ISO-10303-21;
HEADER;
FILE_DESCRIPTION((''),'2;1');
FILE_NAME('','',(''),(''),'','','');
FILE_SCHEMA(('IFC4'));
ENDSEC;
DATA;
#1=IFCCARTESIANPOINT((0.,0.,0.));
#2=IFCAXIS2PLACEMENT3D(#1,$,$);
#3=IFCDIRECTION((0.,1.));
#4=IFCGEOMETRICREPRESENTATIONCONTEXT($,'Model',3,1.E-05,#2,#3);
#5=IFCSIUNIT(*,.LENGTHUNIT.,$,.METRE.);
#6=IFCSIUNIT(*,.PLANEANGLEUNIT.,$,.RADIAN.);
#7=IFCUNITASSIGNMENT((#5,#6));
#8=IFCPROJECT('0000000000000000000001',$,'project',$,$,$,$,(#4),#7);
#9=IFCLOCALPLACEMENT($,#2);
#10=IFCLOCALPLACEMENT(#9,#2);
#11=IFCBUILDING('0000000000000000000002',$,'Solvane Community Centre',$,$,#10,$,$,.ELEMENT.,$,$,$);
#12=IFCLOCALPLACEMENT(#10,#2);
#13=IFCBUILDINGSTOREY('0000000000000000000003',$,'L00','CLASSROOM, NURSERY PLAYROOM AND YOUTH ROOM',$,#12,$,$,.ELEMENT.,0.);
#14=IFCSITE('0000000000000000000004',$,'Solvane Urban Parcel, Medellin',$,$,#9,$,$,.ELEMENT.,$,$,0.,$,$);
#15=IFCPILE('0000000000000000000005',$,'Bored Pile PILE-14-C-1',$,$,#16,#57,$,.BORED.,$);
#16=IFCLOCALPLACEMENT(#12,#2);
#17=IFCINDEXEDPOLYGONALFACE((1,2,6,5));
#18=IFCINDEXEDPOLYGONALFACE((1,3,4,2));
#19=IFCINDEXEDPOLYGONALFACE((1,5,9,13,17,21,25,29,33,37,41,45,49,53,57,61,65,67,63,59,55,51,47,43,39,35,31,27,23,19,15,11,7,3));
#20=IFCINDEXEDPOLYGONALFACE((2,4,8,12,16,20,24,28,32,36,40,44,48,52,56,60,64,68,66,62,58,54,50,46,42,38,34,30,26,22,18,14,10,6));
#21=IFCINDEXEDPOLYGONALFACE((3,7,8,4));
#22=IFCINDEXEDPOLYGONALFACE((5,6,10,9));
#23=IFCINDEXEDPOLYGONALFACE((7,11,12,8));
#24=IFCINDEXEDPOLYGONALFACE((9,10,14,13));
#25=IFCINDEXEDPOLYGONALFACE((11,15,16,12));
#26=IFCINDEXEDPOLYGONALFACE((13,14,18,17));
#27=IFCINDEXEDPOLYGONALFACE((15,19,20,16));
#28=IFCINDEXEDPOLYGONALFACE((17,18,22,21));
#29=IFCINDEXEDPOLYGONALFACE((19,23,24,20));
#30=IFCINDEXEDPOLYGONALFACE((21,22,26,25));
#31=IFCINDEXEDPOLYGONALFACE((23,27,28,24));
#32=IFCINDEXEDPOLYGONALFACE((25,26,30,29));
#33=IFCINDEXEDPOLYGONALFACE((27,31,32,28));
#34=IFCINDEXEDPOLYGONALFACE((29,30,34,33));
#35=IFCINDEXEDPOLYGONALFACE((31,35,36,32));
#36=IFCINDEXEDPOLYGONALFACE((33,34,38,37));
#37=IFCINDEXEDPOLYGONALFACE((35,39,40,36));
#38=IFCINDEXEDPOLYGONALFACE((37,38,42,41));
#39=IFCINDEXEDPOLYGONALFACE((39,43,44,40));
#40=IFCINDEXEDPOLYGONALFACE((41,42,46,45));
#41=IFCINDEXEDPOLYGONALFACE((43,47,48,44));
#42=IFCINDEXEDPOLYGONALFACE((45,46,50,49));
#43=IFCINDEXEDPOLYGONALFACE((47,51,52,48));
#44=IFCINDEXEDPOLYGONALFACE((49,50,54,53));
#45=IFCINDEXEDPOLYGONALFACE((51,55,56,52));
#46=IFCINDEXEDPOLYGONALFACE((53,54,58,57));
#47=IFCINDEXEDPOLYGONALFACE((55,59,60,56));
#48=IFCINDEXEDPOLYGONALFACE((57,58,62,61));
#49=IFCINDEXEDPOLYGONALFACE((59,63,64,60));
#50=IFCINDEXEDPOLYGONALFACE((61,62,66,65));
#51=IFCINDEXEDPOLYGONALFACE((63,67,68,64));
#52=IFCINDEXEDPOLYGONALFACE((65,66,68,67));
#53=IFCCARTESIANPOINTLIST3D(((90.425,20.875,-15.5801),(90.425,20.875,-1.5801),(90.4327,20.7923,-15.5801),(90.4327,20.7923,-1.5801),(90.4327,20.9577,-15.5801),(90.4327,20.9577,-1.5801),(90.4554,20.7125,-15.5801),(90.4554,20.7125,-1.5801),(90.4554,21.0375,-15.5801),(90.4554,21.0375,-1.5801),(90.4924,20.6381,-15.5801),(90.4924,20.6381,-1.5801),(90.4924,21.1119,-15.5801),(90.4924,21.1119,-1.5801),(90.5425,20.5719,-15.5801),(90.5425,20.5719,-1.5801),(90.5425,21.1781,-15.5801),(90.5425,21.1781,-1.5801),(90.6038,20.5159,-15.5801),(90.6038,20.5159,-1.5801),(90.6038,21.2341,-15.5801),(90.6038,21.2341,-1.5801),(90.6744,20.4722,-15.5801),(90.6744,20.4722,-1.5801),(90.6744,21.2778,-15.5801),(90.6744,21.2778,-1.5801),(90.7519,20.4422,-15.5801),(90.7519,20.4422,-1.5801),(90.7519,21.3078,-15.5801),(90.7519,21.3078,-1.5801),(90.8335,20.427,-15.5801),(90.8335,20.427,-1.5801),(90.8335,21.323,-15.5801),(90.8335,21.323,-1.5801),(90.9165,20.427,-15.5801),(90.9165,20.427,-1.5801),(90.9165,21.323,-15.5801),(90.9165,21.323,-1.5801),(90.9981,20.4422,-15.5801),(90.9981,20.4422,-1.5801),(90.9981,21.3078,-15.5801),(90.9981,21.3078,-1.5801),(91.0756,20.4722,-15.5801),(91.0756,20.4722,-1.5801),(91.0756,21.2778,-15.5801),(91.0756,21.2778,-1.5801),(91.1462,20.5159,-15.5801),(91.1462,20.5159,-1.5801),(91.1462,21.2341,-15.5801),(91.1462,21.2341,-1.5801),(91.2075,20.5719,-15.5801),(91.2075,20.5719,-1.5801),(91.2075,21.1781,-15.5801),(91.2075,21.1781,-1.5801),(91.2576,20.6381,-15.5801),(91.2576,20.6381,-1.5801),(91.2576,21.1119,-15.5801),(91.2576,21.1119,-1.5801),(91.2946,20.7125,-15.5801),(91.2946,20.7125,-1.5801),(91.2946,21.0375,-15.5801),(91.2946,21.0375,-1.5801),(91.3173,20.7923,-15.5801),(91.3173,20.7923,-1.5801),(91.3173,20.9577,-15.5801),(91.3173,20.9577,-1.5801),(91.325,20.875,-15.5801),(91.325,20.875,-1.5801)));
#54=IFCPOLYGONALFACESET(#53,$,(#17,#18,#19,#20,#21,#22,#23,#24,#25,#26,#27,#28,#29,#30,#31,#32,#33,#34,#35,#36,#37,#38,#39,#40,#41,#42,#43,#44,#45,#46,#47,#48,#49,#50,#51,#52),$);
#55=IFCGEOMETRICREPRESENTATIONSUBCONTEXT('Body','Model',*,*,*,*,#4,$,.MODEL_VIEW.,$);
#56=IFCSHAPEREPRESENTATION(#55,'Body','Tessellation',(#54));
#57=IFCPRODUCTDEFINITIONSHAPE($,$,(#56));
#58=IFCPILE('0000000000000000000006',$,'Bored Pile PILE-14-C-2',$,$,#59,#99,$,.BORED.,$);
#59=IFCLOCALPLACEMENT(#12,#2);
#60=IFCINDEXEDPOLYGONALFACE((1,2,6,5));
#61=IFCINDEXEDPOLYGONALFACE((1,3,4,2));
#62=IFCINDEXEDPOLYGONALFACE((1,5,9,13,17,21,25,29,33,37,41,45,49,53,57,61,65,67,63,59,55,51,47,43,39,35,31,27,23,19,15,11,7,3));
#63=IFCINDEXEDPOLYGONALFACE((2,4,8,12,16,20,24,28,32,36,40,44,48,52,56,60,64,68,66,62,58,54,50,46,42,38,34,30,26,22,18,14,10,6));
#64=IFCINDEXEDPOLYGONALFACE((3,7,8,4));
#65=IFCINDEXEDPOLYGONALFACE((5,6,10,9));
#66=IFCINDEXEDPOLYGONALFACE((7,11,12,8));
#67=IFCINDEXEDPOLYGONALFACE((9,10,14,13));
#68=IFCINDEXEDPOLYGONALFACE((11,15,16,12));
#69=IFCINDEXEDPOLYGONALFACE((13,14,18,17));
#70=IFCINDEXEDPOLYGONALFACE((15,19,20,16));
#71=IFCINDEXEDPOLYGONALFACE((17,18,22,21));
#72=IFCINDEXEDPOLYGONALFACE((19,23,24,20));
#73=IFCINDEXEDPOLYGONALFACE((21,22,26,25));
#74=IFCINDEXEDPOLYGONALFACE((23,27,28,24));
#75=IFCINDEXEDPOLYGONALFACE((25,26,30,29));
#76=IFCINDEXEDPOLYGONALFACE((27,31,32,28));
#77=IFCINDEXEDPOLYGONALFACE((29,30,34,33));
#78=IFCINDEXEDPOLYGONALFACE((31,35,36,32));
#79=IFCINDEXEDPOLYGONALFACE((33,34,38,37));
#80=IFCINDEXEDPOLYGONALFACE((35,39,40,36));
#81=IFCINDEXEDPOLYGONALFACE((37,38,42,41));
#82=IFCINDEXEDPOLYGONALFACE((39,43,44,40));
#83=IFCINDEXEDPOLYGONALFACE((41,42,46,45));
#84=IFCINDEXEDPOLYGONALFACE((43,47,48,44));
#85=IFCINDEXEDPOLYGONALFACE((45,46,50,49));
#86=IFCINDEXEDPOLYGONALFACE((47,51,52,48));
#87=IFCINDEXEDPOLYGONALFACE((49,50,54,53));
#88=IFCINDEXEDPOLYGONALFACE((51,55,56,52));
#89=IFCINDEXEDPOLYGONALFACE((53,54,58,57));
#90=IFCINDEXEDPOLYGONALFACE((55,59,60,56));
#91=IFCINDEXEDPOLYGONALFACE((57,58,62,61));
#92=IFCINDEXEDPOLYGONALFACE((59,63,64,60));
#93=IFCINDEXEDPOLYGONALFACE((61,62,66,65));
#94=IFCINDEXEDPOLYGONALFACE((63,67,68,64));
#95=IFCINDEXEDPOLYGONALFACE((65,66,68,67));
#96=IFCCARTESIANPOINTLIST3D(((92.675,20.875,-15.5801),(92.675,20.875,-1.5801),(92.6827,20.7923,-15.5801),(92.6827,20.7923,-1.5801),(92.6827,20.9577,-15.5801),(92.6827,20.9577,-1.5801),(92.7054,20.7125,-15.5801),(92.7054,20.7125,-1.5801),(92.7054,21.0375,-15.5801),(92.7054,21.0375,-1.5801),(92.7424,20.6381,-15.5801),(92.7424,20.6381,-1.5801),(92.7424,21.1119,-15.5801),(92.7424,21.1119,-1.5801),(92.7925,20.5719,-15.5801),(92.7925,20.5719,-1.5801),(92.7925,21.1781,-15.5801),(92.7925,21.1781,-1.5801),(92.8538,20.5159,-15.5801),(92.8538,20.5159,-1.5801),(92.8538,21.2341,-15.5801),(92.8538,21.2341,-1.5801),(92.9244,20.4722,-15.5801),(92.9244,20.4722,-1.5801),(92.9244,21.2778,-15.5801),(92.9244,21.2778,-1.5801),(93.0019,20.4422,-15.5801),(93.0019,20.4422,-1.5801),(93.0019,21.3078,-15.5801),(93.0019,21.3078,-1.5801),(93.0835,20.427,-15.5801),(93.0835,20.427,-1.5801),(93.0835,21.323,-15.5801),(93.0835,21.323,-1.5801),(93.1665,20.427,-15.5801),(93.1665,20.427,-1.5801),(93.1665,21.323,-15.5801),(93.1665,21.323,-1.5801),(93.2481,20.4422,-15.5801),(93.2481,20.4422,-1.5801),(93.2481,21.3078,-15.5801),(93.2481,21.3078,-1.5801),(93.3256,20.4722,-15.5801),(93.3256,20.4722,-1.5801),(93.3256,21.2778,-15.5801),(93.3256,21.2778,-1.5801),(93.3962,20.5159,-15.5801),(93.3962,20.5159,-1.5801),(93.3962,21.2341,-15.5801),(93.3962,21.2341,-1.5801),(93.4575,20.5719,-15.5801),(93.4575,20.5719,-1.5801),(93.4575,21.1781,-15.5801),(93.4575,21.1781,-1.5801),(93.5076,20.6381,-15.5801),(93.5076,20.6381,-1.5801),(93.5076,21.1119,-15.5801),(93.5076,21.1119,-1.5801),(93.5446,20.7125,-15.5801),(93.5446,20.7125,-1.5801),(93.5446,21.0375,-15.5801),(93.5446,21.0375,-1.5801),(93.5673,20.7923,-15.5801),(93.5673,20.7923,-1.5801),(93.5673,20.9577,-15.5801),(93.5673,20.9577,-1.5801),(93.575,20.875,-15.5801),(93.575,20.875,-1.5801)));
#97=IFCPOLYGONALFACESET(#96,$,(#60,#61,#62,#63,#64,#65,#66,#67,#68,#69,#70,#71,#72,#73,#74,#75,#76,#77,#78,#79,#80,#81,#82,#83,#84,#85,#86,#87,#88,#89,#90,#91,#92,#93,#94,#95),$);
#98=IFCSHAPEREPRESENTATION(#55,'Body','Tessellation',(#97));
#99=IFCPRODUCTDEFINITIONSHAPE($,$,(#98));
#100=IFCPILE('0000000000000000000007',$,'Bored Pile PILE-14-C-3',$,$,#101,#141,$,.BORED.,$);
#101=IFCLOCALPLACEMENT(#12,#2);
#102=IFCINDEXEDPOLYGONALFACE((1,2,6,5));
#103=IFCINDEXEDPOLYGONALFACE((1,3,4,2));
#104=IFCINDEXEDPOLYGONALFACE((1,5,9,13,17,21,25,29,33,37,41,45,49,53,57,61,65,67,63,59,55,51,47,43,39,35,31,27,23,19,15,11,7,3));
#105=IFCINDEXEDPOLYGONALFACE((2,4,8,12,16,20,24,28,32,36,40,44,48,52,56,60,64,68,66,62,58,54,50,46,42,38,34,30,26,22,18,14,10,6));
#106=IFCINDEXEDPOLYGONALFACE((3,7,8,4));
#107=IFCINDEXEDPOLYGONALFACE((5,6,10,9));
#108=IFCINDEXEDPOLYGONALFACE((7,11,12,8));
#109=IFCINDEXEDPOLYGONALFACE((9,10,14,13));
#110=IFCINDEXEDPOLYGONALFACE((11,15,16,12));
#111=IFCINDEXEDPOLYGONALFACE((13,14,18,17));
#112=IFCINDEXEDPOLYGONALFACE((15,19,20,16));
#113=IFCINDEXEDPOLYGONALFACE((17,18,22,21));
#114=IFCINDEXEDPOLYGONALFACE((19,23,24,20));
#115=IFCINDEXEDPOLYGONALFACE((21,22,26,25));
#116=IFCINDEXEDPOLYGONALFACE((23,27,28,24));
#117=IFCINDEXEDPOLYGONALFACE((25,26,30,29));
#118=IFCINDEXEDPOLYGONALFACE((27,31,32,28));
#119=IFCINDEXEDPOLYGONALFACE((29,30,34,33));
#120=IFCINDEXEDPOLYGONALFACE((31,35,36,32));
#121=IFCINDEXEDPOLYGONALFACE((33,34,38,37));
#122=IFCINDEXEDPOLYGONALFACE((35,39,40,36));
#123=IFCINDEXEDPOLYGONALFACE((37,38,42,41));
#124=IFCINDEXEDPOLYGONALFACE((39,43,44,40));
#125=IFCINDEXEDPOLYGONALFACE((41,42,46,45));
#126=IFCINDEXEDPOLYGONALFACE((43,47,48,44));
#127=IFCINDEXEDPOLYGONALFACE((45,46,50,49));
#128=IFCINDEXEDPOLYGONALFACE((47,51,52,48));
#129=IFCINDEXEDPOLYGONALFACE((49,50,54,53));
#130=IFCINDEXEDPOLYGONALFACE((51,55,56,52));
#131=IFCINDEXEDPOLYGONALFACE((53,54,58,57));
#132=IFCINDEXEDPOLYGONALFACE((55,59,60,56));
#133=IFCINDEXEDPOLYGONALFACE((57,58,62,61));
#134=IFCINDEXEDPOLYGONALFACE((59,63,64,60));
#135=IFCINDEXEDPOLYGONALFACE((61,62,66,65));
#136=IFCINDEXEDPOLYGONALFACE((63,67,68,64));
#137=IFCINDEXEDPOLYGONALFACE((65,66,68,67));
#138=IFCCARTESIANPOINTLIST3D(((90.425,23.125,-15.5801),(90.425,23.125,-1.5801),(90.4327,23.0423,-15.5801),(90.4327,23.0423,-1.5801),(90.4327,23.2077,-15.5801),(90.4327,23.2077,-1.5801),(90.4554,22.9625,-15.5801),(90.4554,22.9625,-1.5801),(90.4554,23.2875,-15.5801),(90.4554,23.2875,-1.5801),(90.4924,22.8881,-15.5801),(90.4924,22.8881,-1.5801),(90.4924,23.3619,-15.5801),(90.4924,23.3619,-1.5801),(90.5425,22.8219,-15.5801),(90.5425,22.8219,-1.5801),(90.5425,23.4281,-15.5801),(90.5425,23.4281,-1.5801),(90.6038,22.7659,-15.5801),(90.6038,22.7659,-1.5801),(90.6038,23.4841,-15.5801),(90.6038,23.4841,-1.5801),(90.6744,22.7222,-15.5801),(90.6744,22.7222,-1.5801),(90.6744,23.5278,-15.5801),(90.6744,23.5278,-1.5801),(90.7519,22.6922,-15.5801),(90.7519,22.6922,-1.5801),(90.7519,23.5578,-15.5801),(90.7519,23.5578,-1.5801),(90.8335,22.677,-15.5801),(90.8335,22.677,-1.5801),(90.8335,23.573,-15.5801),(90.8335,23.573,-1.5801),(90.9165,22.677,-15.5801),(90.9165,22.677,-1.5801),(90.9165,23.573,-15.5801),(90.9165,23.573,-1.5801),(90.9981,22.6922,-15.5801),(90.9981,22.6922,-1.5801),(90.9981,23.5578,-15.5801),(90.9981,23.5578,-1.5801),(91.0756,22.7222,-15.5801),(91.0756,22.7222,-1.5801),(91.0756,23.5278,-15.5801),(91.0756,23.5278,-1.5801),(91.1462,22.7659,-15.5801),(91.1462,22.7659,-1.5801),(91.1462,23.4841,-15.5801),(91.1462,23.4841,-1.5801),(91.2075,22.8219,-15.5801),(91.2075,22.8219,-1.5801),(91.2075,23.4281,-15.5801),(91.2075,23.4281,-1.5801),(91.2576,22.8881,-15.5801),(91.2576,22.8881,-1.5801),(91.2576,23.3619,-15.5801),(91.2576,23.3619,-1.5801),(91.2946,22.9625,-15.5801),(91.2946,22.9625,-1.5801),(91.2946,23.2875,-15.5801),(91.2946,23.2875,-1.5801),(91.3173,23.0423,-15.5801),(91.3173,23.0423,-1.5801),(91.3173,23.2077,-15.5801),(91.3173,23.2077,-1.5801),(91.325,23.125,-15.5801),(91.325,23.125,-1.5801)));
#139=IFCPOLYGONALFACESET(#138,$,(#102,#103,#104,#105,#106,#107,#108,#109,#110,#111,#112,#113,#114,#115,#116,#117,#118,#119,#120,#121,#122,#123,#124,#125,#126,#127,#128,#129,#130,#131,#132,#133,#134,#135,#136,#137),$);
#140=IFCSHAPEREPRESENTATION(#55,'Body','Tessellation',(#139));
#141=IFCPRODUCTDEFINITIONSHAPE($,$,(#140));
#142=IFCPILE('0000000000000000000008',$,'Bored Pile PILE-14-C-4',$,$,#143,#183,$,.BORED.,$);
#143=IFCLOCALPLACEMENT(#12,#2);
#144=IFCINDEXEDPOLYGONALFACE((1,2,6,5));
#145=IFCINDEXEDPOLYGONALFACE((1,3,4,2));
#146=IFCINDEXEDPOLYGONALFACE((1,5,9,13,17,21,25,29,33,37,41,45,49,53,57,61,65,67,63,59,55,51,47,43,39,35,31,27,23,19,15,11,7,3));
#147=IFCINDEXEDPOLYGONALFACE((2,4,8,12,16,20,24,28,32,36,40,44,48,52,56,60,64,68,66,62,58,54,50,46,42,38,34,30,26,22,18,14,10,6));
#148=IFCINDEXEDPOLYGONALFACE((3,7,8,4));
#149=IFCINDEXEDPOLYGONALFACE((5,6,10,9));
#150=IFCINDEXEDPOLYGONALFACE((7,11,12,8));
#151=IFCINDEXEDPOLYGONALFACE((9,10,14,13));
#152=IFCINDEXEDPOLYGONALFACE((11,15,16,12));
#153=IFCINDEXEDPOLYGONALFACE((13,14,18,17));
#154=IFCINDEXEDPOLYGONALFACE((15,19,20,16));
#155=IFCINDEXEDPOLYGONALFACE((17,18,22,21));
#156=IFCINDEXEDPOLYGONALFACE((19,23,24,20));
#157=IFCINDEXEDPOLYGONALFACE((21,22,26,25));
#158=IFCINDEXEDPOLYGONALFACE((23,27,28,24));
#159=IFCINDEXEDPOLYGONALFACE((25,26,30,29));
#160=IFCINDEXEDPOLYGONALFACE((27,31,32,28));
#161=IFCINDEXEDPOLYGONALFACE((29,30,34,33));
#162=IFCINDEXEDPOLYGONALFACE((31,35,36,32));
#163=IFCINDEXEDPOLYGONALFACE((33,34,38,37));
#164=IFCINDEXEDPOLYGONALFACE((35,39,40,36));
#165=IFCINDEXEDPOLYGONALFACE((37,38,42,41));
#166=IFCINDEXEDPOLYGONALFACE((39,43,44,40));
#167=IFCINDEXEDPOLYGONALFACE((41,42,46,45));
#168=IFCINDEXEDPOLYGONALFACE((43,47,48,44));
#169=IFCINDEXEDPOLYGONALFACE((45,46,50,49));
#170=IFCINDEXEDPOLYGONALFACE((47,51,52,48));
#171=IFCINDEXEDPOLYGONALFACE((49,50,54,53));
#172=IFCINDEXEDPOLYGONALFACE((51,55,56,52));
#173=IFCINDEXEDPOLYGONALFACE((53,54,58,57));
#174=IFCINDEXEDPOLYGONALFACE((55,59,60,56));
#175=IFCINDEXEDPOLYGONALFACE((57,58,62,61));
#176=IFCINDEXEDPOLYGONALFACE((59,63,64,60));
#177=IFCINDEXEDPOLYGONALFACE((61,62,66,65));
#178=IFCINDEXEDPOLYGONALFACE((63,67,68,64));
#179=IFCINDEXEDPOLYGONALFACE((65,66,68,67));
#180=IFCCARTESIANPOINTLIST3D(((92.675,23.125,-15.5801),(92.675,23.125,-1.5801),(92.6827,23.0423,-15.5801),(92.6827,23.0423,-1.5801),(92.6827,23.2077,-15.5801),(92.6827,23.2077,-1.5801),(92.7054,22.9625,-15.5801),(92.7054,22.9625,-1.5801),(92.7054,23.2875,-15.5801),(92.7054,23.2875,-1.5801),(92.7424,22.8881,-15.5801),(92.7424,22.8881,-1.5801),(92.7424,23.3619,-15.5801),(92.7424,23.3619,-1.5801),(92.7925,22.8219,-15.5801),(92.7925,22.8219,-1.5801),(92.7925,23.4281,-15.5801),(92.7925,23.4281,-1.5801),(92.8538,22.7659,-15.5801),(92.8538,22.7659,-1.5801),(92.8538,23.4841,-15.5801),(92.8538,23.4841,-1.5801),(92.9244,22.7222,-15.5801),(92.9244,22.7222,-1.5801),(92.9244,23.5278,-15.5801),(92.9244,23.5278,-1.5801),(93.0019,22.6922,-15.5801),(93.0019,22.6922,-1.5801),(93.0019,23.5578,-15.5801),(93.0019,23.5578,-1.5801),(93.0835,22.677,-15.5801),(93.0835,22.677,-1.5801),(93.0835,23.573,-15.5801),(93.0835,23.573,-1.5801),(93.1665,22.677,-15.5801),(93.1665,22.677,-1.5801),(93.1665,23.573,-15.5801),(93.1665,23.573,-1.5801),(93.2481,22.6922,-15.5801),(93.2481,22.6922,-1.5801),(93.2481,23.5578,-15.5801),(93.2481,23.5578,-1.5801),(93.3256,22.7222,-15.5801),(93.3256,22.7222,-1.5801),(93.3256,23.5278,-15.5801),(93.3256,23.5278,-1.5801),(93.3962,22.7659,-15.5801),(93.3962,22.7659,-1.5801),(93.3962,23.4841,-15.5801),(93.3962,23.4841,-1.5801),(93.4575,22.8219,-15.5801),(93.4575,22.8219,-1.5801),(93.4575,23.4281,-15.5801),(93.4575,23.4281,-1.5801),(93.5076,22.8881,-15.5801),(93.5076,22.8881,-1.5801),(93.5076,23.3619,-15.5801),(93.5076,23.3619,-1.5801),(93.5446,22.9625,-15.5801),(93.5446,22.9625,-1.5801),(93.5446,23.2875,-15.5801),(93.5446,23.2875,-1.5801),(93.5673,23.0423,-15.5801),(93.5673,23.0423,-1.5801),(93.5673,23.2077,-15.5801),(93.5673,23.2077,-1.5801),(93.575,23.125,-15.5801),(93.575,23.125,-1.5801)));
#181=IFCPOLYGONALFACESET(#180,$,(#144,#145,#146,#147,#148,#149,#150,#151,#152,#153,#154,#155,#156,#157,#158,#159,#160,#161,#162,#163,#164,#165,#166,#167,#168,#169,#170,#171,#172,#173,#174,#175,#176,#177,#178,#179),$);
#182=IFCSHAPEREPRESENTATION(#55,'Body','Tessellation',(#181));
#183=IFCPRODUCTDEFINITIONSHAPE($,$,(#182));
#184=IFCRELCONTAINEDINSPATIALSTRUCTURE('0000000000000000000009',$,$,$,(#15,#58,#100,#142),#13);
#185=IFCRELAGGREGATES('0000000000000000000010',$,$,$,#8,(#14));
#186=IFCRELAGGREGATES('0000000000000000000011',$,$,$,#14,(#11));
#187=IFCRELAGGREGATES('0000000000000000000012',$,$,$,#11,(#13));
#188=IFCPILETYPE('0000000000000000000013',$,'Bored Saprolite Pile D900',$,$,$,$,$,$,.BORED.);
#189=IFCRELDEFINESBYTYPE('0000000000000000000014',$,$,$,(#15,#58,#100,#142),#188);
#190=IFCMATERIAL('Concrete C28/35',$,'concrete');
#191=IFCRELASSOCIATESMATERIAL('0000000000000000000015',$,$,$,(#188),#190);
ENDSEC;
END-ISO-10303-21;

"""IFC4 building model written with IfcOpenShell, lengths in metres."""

from ifc_helpers import new_model, si_unit, direction, frame, origin, origin_2d, place, context, subcontext, project, spatial, circle, extrude, material, material_profile, profile_set, type_object, element, save


model = new_model("IFC4")

# Units and contexts
model_context = context("Model", 3, precision=1e-05, world=origin(), true_north=direction((0.0, 1.0)))
body_context = subcontext(model_context, "Body", "Model", "MODEL_VIEW")
ifc_project = project(units=[si_unit("LENGTHUNIT", "METRE"), si_unit("PLANEANGLEUNIT", "RADIAN")], contexts=[model_context])

# Site, building, storey
site_placement = place(None, origin())
site = spatial("IfcSite", under=ifc_project, at=site_placement, Name="Solvane Urban Parcel, Medellin", CompositionType="ELEMENT", RefElevation=0.0)
building_placement = place(site_placement, origin())
building = spatial("IfcBuilding", under=site, at=building_placement, Name="Solvane Community Centre", CompositionType="ELEMENT")
storey_placement = place(building_placement, origin())
storey = spatial("IfcBuildingStorey", under=building, at=storey_placement, Name="L00", Description="CLASSROOM, NURSERY PLAYROOM AND YOUTH ROOM", CompositionType="ELEMENT", Elevation=0.0)

# Piles
ifc_material_1 = material(Name="Concrete C28/35", Category="concrete")
ifc_material_profile_1 = material_profile(ifc_material_1, circle(Radius=0.45, at=origin_2d()), Name="PILE D900")
ifc_profile_set_1 = profile_set([ifc_material_profile_1], Name="Concrete C28/35")
pile_type = type_object("IfcPileType", Name="Bored Saprolite Pile D900", PredefinedType="BORED", material=ifc_profile_set_1)
for number, where, z_axis, x_axis, name in (
    (1, (90.875, 20.875, -1.5801), (0.0, 0.0, -1.0), (1.0, 0.0, 0.0), "Bored Pile PILE-14-C-1"),
    (2, (93.125, 20.875, -1.5801), (0.0, 0.0, -1.0), (1.0, 0.0, 0.0), "Bored Pile PILE-14-C-2"),
    (3, (90.875, 23.125, -1.5801), (0.0, 0.0, -1.0), (1.0, 0.0, 0.0), "Bored Pile PILE-14-C-3"),
    (4, (93.125, 23.125, -1.5801), (0.0, 0.0, -1.0), (1.0, 0.0, 0.0), "Bored Pile PILE-14-C-4"),
):
    element("IfcPile", number, at=place(storey_placement, frame(where, z_axis=z_axis, x_axis=x_axis)), inside=storey, type_object=pile_type, Name=name, PredefinedType="BORED", context=body_context, shape_type="SweptSolid", body=[
        extrude(circle(Radius=0.45, at=origin_2d()), origin(), (0.0, 0.0, 1.0), 14.0),
    ])

save(model, "model.ifc")
